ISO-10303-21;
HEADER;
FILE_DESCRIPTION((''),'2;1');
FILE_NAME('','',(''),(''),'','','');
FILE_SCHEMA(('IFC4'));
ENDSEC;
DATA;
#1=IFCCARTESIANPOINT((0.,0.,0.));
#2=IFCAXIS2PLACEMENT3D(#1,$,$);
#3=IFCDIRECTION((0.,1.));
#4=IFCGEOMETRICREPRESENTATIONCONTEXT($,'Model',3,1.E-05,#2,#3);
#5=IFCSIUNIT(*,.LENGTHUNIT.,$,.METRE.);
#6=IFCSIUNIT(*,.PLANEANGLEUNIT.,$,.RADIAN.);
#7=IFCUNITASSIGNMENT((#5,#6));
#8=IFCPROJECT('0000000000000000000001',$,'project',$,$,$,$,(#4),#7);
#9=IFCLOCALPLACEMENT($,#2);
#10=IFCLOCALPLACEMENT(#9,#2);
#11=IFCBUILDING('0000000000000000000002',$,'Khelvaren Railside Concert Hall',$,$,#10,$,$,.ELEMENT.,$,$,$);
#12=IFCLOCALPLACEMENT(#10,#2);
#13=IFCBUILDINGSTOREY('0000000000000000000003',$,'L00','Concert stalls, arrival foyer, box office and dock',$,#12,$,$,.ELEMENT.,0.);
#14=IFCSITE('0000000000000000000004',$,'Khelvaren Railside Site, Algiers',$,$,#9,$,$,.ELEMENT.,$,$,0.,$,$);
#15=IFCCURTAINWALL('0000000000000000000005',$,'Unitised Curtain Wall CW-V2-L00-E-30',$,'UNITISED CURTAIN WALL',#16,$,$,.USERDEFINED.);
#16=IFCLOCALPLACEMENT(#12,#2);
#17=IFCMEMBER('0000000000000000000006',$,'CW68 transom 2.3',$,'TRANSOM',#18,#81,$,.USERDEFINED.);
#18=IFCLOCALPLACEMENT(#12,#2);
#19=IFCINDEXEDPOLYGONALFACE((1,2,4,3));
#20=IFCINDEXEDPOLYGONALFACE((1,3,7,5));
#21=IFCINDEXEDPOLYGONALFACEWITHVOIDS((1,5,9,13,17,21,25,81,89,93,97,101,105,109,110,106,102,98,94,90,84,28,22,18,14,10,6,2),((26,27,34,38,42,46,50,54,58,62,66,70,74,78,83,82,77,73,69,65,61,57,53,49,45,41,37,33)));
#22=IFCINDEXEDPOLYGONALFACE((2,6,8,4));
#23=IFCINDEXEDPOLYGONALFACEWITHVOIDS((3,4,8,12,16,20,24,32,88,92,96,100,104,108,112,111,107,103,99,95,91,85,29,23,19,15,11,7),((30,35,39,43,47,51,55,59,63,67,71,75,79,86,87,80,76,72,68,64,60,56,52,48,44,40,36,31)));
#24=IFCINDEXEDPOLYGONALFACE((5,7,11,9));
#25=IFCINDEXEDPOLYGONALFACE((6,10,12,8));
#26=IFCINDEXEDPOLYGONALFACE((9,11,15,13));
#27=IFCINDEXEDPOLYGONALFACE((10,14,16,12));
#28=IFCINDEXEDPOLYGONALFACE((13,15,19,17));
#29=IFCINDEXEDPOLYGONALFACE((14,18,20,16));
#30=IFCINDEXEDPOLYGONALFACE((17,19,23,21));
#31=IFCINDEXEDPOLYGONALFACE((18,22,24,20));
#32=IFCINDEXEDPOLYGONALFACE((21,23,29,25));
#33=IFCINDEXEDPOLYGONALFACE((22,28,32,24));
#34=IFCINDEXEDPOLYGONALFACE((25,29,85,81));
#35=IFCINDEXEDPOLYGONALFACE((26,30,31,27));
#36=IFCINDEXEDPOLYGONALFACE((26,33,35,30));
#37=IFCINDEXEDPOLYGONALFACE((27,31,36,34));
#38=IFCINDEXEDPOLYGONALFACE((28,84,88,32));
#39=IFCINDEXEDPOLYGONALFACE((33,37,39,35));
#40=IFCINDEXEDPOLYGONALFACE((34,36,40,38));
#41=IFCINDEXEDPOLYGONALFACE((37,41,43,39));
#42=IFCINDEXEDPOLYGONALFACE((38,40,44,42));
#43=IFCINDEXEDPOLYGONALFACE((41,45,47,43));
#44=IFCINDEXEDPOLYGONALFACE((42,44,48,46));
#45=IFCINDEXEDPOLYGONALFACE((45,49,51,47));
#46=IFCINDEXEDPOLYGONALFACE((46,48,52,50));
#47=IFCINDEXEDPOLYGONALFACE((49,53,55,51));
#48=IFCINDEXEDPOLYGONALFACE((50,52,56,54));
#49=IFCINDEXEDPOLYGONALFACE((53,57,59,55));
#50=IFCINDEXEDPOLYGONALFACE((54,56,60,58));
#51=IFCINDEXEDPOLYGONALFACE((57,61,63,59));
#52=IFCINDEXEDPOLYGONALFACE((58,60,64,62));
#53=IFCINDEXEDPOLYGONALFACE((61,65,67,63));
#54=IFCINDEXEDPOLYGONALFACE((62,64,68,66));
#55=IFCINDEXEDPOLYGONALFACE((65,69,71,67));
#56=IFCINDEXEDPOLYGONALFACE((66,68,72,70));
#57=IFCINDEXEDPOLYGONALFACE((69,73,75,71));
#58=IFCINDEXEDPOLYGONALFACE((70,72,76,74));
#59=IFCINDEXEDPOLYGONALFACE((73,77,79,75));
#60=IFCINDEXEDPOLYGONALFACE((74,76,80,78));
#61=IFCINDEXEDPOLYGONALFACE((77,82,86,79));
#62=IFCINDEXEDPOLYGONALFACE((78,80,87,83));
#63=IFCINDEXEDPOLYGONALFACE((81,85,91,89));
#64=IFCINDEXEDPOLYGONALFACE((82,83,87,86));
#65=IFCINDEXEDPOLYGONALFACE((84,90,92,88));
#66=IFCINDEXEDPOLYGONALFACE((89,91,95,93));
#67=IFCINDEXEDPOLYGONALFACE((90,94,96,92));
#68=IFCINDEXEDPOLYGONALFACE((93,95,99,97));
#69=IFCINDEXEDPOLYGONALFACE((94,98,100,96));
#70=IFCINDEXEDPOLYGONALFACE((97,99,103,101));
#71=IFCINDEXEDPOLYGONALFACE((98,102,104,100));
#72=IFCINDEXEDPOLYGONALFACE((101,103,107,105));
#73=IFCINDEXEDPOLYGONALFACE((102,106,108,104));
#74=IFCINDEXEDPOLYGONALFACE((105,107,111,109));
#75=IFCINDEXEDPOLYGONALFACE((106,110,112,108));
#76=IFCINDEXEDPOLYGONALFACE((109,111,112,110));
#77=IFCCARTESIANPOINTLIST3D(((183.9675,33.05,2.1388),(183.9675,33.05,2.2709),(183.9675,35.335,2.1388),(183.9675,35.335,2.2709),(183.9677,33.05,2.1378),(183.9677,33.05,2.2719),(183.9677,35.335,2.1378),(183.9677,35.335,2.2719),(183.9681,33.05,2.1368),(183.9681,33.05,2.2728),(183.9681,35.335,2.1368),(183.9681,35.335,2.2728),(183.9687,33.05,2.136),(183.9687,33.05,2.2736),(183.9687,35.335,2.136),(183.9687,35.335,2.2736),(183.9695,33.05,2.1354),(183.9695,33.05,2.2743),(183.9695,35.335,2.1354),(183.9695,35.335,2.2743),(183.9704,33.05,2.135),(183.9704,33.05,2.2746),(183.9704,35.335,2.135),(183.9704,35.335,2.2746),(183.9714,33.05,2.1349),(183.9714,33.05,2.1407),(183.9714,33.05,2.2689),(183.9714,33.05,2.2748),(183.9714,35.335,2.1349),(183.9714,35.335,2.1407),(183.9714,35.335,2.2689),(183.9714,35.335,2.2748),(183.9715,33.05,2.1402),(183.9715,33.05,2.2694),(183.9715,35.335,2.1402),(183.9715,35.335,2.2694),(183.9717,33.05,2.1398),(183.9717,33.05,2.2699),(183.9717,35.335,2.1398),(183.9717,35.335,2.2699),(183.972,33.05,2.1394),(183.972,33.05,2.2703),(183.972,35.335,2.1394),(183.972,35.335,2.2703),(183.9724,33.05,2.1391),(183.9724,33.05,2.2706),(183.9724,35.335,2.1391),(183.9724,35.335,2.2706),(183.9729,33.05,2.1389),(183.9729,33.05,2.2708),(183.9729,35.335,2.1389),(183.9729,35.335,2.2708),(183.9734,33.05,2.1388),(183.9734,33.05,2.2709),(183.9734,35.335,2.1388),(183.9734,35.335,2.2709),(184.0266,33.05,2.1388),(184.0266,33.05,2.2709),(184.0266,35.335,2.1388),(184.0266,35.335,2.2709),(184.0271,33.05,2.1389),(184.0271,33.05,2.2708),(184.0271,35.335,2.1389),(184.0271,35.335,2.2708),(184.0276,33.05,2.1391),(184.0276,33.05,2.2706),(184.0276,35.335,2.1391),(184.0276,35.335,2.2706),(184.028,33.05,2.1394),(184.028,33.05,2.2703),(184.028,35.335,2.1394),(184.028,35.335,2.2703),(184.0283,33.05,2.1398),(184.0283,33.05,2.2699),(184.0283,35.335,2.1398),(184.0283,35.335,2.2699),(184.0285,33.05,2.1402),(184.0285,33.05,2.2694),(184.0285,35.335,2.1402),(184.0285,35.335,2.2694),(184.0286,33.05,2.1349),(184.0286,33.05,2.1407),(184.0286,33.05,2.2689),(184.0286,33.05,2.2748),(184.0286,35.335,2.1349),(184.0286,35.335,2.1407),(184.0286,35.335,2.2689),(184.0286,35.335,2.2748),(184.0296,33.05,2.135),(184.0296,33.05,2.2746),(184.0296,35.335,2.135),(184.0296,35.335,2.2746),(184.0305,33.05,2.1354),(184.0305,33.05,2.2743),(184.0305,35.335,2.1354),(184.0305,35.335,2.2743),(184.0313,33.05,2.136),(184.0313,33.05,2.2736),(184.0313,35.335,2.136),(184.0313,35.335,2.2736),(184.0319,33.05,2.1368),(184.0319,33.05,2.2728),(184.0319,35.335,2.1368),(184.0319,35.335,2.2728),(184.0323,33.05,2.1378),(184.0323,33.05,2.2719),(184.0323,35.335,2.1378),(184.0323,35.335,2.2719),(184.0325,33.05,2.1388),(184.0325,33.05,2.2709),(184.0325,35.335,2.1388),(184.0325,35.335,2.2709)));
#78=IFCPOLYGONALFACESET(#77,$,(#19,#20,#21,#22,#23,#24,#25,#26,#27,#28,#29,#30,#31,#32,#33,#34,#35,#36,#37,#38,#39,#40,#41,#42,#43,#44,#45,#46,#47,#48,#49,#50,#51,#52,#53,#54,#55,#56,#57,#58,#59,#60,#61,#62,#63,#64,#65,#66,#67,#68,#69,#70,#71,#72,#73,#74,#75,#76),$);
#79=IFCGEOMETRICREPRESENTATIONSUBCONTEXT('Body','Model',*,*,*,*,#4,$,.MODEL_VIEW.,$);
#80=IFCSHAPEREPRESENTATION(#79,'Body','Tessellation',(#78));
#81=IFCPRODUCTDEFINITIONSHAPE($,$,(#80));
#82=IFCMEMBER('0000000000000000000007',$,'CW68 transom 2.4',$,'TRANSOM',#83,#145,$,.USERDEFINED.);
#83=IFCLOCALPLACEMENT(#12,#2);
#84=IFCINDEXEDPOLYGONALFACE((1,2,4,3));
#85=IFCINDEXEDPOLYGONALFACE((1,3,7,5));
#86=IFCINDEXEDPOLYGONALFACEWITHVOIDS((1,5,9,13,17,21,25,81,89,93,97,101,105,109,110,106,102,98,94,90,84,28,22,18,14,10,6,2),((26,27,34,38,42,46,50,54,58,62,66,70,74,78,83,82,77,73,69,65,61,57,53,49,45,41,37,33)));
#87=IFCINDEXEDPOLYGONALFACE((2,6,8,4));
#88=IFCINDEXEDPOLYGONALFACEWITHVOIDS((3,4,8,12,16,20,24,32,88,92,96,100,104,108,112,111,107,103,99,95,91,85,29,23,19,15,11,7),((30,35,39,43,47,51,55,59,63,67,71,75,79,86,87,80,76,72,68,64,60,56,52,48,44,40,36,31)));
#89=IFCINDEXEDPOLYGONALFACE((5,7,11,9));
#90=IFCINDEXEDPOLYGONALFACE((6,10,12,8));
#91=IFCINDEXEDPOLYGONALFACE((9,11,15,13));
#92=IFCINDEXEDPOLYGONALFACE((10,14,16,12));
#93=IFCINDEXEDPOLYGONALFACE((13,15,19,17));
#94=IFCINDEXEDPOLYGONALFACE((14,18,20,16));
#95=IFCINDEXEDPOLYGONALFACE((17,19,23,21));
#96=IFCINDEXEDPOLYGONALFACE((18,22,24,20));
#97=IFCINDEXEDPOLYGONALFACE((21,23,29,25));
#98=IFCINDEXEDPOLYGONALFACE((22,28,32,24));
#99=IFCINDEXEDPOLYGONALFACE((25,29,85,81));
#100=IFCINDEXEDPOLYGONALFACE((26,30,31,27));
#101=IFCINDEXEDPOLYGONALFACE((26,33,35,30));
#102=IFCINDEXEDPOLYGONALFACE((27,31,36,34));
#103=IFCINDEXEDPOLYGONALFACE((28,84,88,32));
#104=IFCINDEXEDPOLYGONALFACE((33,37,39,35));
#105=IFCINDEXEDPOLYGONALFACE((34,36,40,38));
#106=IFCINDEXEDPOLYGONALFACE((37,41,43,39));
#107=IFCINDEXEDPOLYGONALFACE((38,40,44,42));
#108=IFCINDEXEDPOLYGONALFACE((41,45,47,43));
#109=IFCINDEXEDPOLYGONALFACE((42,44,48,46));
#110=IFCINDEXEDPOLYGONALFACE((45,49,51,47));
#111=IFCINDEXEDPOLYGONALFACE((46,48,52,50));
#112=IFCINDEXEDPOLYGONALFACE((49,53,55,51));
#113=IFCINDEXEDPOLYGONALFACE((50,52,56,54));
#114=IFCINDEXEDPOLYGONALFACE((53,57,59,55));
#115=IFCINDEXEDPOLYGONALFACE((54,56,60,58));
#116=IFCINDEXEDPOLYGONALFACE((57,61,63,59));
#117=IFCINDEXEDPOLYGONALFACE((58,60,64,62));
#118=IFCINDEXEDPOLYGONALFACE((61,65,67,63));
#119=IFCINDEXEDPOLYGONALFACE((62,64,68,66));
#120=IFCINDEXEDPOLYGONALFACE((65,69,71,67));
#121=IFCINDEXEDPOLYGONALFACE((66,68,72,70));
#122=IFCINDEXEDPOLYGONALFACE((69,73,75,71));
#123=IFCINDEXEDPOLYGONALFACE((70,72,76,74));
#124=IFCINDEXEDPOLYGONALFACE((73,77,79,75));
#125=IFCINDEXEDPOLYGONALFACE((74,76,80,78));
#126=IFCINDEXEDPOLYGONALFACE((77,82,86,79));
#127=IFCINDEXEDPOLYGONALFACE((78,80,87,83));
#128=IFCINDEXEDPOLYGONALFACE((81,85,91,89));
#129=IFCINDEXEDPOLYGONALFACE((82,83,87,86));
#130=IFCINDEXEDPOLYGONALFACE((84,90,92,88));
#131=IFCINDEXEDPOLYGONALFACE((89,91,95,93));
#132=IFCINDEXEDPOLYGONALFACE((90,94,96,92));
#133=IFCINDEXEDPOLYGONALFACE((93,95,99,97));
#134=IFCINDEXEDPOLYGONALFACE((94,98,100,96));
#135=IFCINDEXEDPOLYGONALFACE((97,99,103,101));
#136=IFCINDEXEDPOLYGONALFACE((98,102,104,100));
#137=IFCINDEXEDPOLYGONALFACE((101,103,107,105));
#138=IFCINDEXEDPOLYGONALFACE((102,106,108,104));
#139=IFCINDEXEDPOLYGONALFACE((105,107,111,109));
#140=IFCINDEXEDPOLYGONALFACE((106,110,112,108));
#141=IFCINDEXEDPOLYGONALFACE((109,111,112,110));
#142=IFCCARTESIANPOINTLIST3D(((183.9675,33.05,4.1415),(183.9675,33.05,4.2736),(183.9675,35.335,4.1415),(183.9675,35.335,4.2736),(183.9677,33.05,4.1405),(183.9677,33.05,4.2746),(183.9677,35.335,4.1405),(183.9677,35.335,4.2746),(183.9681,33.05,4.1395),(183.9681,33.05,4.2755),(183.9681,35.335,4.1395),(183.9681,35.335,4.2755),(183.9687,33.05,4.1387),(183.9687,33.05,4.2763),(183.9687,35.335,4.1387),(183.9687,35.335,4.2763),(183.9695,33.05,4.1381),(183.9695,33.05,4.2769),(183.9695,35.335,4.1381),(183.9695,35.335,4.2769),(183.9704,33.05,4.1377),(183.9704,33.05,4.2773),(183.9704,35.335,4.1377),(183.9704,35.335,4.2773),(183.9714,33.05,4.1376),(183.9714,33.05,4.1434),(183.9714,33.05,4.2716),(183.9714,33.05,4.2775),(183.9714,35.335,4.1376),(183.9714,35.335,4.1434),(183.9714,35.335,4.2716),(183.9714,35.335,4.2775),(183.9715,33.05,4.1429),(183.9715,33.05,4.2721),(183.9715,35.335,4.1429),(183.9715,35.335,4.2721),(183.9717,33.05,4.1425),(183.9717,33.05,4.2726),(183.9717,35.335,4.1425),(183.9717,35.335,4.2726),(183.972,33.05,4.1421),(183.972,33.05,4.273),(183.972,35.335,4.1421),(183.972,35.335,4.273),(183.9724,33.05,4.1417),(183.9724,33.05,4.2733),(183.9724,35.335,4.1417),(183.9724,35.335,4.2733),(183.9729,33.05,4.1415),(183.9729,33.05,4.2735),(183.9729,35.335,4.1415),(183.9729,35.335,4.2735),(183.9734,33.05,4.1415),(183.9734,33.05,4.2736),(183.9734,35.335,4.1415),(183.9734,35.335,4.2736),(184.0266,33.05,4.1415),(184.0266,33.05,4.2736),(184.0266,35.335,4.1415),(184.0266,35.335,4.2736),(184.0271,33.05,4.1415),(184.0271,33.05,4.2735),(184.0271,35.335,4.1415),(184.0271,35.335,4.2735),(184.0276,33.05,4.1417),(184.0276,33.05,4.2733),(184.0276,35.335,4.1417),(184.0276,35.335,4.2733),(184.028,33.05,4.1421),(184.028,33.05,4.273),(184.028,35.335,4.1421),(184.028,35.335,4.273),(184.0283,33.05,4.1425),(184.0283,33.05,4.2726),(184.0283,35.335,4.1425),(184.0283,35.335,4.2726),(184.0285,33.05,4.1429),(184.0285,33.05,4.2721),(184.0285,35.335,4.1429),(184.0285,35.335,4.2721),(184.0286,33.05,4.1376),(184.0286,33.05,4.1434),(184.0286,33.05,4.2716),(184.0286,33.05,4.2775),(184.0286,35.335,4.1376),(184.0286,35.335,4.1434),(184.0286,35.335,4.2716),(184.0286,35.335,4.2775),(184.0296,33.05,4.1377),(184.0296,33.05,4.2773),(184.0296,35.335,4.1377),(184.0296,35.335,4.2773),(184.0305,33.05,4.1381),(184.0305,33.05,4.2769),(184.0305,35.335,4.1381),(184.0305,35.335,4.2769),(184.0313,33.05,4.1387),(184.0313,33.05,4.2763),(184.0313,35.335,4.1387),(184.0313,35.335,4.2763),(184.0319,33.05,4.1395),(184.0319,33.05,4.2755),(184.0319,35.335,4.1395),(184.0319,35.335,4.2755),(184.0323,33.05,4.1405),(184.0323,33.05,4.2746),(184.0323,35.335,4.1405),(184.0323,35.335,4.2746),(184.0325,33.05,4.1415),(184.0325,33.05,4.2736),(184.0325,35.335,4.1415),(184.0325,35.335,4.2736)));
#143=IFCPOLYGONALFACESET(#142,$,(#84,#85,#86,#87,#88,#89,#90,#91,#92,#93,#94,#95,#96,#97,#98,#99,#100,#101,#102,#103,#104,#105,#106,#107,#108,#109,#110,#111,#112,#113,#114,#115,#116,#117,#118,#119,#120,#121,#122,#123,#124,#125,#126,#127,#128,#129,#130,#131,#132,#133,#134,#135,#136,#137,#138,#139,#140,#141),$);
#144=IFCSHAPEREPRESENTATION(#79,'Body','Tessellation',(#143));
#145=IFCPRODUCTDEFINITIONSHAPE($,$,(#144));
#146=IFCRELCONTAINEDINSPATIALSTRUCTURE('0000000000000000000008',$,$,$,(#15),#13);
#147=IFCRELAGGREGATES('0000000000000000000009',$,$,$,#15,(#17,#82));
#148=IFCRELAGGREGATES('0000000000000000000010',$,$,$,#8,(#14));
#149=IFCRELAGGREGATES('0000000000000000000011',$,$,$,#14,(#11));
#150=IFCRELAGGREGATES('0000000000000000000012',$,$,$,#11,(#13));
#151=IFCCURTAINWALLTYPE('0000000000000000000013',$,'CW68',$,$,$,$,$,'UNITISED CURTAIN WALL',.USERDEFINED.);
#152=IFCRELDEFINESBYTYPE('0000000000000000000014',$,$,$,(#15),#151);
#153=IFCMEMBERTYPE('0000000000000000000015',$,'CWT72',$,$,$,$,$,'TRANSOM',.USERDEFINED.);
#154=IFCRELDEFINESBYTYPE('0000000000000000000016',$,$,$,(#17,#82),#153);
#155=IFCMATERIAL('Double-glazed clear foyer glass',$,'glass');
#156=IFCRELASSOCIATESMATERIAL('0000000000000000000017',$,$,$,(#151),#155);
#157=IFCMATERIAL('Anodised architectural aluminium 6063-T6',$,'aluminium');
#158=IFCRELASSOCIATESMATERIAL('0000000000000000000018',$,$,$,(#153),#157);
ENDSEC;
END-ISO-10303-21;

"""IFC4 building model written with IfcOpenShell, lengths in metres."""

from ifc_helpers import new_model, si_unit, direction, frame, origin, origin_2d, place, context, subcontext, project, spatial, hollow_rectangle, extrude, material, material_profile, profile_set, type_object, element, aggregate, save


model = new_model("IFC4")

# Units and contexts
model_context = context("Model", 3, precision=1e-05, world=origin(), true_north=direction((0.0, 1.0)))
body_context = subcontext(model_context, "Body", "Model", "MODEL_VIEW")
ifc_project = project(units=[si_unit("LENGTHUNIT", "METRE"), si_unit("PLANEANGLEUNIT", "RADIAN")], contexts=[model_context])

# Site, building, storey
site_placement = place(None, origin())
site = spatial("IfcSite", under=ifc_project, at=site_placement, Name="Khelvaren Railside Site, Algiers", CompositionType="ELEMENT", RefElevation=0.0)
building_placement = place(site_placement, origin())
building = spatial("IfcBuilding", under=site, at=building_placement, Name="Khelvaren Railside Concert Hall", CompositionType="ELEMENT")
storey_placement = place(building_placement, origin())
storey = spatial("IfcBuildingStorey", under=building, at=storey_placement, Name="L00", Description="Concert stalls, arrival foyer, box office and dock", CompositionType="ELEMENT", Elevation=0.0)

# Curtain wall
ifc_material_1 = material(Name="Double-glazed clear foyer glass", Category="glass")
curtain_wall_type_1 = type_object("IfcCurtainWallType", Name="CW68", ElementType="UNITISED CURTAIN WALL", PredefinedType="USERDEFINED", material=ifc_material_1)
curtain_wall_1_placement = place(storey_placement, origin())
curtain_wall_1 = element("IfcCurtainWall", 1, at=curtain_wall_1_placement, inside=storey, type_object=curtain_wall_type_1, Name="Unitised Curtain Wall CW-V2-L00-E-30", ObjectType="UNITISED CURTAIN WALL", PredefinedType="USERDEFINED")
ifc_material_2 = material(Name="Anodised architectural aluminium 6063-T6", Category="aluminium")
ifc_material_profile_1 = material_profile(ifc_material_2, hollow_rectangle(XDim=0.0649, YDim=0.1399, WallThickness=0.0039, InnerFilletRadius=0.002, OuterFilletRadius=0.0039, at=origin_2d()), Name="CWT 65x140x4")
ifc_profile_set_1 = profile_set([ifc_material_profile_1], Name="Anodised architectural aluminium 6063-T6")
member_type_1 = type_object("IfcMemberType", Name="CWT72", ElementType="TRANSOM", PredefinedType="USERDEFINED", material=ifc_profile_set_1)

# Members
member_1_placement = place(storey_placement, frame((184.0, 35.335, 2.2048), z_axis=(0.0, -1.0, 0.0), x_axis=(1.0, 0.0, 0.0)))
member_1 = element("IfcMember", 2, at=member_1_placement, type_object=member_type_1, Name="CW68 transom 2.3", ObjectType="TRANSOM", PredefinedType="USERDEFINED", context=body_context, shape_type="SweptSolid", body=[
    extrude(hollow_rectangle(XDim=0.0649, YDim=0.1399, WallThickness=0.0039, InnerFilletRadius=0.002, OuterFilletRadius=0.0039, at=origin_2d()), origin(), (0.0, 0.0, 1.0), 2.2849),
])
member_2_placement = place(storey_placement, frame((184.0, 35.335, 4.2075), z_axis=(0.0, -1.0, 0.0), x_axis=(1.0, 0.0, 0.0)))
member_2 = element("IfcMember", 3, at=member_2_placement, type_object=member_type_1, Name="CW68 transom 2.4", ObjectType="TRANSOM", PredefinedType="USERDEFINED", context=body_context, shape_type="SweptSolid", body=[
    extrude(hollow_rectangle(XDim=0.0649, YDim=0.1399, WallThickness=0.0039, InnerFilletRadius=0.002, OuterFilletRadius=0.0039, at=origin_2d()), origin(), (0.0, 0.0, 1.0), 2.2849),
])

aggregate(curtain_wall_1, [member_1, member_2])

save(model, "model.ifc")
